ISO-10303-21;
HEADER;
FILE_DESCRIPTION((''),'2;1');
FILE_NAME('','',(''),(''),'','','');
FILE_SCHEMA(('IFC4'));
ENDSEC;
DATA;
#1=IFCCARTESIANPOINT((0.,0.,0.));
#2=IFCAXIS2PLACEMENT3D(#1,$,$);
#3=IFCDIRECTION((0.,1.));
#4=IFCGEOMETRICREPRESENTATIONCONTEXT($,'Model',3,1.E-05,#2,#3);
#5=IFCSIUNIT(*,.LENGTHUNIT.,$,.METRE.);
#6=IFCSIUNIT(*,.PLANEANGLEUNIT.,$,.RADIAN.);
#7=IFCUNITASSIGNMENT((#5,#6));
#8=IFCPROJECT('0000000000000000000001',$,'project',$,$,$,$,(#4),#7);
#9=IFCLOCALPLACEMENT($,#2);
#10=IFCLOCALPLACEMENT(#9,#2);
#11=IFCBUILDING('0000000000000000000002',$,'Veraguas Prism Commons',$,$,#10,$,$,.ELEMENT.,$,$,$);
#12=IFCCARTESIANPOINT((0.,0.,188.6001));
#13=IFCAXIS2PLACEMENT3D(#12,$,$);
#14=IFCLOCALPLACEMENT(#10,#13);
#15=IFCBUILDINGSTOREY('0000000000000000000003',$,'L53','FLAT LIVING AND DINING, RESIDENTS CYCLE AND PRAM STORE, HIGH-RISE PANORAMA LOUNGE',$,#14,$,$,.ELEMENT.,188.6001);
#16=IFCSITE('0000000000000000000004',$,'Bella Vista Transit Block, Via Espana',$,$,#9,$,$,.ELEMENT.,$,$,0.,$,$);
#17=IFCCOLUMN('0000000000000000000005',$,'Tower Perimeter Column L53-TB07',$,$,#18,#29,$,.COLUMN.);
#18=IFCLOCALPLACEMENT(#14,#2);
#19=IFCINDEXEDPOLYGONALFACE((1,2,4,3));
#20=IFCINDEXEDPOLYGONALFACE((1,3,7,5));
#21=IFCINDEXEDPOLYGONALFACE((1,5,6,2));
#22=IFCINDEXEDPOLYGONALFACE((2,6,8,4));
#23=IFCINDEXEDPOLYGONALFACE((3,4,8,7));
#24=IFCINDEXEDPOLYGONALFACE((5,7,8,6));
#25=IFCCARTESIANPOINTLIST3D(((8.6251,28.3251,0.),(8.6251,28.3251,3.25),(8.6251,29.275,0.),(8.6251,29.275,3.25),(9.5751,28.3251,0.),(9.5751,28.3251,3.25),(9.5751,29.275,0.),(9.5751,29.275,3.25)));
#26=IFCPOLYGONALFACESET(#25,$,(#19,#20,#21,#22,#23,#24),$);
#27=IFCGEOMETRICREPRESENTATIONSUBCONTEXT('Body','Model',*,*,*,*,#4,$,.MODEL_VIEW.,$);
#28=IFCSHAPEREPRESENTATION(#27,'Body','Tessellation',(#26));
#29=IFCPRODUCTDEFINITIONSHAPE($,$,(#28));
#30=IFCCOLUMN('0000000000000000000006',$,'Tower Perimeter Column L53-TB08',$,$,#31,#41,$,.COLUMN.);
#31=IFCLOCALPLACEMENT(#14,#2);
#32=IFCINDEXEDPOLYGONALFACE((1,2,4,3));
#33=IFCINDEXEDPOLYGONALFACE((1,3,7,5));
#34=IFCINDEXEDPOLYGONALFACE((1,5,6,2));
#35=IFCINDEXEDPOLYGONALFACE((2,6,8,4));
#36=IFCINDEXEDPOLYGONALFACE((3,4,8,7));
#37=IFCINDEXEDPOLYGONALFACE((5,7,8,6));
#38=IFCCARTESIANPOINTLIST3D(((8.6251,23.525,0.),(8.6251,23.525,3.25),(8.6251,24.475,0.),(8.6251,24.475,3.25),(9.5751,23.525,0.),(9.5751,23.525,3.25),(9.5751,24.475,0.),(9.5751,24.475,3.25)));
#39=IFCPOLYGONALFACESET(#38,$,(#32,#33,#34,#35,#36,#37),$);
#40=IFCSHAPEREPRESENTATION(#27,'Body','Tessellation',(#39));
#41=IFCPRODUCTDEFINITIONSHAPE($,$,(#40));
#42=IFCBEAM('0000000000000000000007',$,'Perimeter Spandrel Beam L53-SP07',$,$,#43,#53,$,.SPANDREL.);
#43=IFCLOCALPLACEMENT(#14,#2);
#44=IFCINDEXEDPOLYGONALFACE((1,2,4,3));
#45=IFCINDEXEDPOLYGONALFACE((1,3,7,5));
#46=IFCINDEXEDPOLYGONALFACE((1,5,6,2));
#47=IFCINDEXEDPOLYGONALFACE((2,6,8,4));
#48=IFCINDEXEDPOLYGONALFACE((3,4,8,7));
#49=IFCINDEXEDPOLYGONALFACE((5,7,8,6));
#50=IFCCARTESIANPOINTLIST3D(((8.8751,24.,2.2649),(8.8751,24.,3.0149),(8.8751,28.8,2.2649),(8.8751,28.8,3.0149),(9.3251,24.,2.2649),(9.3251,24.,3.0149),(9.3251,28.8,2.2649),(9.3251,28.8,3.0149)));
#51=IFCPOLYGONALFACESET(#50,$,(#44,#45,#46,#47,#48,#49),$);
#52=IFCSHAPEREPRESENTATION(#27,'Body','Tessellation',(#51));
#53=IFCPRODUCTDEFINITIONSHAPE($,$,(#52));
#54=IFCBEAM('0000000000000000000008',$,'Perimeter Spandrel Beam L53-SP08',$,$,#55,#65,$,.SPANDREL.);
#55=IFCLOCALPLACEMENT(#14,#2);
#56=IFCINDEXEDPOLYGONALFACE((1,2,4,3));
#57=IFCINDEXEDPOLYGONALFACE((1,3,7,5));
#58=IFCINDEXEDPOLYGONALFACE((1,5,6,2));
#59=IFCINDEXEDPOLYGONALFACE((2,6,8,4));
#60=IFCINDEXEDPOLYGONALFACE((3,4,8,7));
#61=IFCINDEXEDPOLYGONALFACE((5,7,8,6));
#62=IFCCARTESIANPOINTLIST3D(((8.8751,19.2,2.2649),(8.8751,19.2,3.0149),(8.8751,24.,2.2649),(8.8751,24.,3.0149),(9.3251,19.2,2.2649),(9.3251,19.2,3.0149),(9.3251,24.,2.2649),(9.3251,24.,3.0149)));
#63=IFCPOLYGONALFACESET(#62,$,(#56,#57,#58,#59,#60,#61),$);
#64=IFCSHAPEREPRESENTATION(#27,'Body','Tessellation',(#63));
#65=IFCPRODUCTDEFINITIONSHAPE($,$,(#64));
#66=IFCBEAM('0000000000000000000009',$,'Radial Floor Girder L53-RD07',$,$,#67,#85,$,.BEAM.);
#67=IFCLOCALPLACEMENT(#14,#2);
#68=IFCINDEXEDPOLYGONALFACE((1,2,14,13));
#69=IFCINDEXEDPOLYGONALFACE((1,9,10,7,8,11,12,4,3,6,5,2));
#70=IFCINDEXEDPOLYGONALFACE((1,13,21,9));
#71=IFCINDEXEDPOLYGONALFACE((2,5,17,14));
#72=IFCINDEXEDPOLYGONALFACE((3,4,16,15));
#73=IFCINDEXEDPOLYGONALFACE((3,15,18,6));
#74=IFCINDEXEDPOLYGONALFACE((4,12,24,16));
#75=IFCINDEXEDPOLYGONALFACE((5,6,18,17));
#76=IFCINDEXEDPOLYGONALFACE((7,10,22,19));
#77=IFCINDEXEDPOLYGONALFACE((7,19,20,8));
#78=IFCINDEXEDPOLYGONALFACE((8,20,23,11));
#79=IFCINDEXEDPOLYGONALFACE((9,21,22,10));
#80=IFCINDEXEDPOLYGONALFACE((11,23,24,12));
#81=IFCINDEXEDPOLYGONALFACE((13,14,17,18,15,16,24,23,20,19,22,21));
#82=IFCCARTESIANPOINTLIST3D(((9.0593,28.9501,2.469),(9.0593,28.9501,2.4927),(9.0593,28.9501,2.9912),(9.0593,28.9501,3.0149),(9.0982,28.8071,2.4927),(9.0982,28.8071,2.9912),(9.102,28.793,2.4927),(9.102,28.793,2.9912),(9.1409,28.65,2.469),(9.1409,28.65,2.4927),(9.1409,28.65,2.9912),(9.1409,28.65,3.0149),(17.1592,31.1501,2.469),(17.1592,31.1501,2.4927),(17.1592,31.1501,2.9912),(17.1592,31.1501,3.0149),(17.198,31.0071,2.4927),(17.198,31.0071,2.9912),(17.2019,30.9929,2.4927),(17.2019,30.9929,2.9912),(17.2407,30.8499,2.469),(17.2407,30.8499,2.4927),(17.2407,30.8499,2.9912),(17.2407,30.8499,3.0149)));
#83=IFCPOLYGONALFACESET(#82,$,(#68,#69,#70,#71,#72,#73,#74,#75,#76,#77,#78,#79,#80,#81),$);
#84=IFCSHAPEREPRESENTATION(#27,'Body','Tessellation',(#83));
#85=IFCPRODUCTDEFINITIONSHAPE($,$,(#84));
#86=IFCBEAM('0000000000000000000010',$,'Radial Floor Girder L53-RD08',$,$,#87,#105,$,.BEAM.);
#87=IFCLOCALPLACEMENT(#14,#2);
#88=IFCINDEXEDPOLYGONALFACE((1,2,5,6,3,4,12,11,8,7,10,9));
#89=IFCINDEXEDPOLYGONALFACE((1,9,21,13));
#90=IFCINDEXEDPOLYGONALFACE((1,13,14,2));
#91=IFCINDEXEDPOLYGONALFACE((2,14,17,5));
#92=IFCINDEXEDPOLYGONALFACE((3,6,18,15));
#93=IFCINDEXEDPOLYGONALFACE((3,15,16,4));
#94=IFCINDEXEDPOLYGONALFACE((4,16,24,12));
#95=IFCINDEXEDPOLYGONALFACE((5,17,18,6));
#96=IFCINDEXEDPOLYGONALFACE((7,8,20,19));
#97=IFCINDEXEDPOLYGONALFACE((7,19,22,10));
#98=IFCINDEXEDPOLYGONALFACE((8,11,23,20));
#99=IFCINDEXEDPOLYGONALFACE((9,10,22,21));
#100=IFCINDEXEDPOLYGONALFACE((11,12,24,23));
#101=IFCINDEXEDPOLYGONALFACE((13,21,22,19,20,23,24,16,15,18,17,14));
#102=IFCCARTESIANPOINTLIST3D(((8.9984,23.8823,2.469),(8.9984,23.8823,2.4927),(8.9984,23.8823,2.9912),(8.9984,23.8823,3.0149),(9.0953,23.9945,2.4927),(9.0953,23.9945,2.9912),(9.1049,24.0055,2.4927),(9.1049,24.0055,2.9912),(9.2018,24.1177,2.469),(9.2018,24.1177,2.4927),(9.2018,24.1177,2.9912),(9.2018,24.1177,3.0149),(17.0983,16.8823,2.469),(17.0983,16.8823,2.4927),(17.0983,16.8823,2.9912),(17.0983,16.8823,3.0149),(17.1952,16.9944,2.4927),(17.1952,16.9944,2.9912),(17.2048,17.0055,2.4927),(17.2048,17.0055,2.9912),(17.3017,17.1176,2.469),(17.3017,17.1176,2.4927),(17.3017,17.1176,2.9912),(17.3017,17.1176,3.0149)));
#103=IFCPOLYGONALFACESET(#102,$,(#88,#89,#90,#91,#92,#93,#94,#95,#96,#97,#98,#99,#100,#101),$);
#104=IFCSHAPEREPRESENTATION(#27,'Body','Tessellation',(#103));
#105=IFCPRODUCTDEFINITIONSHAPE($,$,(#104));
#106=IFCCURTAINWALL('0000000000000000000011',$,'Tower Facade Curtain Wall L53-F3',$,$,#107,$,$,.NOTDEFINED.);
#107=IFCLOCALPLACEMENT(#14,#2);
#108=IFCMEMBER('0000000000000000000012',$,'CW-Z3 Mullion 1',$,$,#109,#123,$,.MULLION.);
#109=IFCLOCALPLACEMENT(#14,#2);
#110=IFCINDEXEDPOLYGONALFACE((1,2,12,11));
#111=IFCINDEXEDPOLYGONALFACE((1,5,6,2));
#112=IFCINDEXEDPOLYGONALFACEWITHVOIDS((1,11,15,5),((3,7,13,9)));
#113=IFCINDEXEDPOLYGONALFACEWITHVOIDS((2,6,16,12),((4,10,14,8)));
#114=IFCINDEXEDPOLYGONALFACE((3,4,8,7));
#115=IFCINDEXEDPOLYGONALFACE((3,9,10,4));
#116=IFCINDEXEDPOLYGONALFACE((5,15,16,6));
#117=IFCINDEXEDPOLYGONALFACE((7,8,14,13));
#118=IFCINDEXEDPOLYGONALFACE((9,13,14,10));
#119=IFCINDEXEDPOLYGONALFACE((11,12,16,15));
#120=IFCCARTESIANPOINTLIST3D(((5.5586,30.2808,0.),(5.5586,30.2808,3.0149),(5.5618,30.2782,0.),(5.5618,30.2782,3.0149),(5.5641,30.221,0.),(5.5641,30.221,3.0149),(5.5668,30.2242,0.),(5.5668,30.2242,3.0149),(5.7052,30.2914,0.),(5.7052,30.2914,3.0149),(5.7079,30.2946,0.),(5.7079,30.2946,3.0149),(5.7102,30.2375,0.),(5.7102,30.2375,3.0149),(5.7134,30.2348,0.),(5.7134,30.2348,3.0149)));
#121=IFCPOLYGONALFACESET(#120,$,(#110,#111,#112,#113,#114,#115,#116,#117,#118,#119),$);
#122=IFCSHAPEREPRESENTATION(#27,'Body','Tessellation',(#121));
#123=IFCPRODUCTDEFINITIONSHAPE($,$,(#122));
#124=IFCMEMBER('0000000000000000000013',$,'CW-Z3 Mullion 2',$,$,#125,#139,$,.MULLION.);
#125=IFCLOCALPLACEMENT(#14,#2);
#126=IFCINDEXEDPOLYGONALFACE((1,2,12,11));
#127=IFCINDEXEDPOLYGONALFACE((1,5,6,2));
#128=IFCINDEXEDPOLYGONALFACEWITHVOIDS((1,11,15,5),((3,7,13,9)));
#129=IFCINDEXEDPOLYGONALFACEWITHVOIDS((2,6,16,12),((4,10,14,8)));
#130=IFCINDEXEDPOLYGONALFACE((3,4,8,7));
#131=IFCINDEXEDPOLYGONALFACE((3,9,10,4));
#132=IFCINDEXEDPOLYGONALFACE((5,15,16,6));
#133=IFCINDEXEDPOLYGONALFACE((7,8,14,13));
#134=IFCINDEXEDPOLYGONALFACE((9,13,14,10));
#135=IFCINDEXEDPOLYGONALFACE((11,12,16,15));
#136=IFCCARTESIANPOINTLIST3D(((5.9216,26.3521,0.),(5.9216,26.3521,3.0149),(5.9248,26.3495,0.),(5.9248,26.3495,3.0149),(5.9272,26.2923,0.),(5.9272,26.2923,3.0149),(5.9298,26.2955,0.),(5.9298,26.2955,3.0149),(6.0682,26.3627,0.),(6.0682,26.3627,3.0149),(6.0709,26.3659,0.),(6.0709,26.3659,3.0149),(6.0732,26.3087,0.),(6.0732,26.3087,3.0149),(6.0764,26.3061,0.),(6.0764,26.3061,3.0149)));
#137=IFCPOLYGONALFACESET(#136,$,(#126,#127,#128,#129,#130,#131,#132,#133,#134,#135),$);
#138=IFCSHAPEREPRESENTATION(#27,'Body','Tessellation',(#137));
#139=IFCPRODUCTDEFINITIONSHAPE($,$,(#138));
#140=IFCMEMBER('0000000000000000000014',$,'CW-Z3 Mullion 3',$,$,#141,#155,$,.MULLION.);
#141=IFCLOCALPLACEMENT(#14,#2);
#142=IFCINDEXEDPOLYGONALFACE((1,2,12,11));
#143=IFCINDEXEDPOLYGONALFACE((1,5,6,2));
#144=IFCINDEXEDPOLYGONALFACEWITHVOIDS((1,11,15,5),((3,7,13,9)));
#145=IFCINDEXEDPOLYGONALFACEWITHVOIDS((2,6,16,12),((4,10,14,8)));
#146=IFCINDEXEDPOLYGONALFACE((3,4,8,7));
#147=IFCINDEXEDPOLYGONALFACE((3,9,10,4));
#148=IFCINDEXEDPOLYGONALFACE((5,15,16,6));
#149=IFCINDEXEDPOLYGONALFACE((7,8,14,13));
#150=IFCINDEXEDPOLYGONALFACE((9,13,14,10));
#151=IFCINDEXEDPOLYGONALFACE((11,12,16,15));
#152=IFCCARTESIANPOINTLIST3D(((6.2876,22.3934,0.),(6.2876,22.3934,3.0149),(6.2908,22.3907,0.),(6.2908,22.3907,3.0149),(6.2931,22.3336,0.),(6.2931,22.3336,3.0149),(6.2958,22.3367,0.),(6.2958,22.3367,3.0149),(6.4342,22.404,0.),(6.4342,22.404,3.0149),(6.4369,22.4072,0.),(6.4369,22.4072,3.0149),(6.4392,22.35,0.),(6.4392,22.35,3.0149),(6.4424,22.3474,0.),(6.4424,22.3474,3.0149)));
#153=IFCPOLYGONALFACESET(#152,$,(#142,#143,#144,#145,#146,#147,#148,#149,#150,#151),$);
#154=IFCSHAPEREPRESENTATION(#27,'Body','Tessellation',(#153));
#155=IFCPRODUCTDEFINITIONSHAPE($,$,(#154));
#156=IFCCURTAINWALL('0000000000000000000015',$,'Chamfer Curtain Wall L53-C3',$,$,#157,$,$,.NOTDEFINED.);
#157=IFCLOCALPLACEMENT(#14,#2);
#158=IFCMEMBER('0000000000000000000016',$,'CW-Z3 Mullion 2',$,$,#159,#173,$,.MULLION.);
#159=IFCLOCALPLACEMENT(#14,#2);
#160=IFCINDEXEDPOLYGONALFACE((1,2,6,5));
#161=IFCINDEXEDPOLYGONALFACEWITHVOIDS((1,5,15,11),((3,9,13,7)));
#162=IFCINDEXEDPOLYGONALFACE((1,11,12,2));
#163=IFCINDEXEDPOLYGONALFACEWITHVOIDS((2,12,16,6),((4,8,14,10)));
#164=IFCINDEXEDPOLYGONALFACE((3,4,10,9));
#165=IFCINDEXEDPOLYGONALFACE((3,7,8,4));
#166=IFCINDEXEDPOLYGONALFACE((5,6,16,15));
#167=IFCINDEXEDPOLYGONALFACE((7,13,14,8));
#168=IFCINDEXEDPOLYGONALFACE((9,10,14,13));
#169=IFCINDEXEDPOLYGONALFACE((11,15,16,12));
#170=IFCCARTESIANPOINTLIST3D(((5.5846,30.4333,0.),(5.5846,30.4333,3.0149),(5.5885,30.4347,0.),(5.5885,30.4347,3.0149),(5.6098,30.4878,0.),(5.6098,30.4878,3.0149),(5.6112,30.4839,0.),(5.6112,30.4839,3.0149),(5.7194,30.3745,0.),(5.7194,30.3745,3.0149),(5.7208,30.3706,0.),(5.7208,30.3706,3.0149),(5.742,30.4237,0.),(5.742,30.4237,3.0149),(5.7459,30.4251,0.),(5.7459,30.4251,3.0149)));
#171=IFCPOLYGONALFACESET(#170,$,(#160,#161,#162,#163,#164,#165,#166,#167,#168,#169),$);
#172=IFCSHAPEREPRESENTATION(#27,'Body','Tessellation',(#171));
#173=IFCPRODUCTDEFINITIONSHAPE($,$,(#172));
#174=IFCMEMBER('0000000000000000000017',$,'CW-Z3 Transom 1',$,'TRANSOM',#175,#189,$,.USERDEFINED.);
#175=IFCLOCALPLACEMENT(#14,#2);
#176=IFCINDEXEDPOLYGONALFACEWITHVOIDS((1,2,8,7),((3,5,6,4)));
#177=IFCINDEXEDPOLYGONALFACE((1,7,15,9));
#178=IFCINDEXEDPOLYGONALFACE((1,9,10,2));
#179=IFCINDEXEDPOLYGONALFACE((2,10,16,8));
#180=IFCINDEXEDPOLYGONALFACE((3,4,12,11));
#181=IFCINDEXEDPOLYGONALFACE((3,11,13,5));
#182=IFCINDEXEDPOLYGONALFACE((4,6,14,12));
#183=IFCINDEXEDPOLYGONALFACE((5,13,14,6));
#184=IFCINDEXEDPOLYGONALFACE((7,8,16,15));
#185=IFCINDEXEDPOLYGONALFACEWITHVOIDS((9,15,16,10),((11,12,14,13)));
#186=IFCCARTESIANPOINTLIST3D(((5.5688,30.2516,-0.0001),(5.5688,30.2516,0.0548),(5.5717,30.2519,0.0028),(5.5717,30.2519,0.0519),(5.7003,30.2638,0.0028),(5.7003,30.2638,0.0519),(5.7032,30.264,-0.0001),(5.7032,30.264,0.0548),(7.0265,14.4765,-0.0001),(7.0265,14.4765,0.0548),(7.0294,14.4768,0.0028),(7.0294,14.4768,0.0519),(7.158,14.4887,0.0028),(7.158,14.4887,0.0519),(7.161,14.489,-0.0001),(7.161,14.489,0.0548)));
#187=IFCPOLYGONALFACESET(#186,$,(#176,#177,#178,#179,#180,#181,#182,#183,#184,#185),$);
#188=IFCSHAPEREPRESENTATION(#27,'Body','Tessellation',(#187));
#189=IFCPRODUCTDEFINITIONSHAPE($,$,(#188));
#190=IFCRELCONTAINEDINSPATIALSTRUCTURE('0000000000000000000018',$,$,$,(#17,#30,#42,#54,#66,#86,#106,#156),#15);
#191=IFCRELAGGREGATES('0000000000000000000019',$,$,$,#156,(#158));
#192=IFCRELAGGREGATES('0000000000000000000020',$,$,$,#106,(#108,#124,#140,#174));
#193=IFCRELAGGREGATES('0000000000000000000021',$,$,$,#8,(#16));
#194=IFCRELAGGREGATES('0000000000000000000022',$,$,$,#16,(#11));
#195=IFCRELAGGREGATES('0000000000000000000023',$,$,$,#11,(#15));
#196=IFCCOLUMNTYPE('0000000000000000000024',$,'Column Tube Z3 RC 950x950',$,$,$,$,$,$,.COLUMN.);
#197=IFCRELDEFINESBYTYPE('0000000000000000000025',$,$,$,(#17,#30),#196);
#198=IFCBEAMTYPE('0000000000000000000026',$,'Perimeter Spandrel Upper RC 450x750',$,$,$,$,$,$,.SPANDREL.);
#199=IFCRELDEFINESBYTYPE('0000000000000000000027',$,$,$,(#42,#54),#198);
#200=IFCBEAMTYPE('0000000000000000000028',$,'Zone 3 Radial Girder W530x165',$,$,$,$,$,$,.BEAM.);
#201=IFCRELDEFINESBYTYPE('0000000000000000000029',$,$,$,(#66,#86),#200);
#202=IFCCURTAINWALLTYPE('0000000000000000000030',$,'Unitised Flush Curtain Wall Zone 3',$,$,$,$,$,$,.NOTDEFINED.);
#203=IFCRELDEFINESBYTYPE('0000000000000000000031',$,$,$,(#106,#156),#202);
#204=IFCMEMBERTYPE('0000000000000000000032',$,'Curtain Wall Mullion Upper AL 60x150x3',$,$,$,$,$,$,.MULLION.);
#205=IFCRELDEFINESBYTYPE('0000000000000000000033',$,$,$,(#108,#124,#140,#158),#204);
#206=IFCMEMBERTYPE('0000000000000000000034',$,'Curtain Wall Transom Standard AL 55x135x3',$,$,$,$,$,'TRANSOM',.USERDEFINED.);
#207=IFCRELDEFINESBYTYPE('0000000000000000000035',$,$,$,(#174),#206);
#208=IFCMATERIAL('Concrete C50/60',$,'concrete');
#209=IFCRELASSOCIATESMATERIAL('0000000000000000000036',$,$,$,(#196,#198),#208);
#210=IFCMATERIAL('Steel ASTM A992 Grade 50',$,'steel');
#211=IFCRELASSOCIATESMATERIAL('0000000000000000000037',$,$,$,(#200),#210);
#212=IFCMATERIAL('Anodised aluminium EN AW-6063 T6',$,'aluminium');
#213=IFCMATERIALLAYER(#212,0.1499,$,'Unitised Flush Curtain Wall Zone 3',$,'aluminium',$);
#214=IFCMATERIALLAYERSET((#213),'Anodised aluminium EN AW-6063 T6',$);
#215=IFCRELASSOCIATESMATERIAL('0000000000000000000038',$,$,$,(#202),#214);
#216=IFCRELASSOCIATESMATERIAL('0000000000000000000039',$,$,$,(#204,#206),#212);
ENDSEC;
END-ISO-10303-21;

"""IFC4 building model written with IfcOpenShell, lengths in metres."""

from ifc_helpers import new_model, si_unit, direction, frame, origin, origin_2d, place, context, subcontext, project, spatial, rectangle, hollow_rectangle, i_section, extrude, source, transform, mapped, material, layer, layer_set, material_profile, profile_set, type_object, element, aggregate, save


model = new_model("IFC4")

# Units and contexts
model_context = context("Model", 3, precision=1e-05, world=origin(), true_north=direction((0.0, 1.0)))
body_context = subcontext(model_context, "Body", "Model", "MODEL_VIEW")
ifc_project = project(units=[si_unit("LENGTHUNIT", "METRE"), si_unit("PLANEANGLEUNIT", "RADIAN")], contexts=[model_context])

# Site, building, storey
site_placement = place(None, origin())
site = spatial("IfcSite", under=ifc_project, at=site_placement, Name="Bella Vista Transit Block, Via Espana", CompositionType="ELEMENT", RefElevation=0.0)
building_placement = place(site_placement, origin())
building = spatial("IfcBuilding", under=site, at=building_placement, Name="Veraguas Prism Commons", CompositionType="ELEMENT")
storey_placement = place(building_placement, frame((0.0, 0.0, 188.6001)))
storey = spatial("IfcBuildingStorey", under=building, at=storey_placement, Name="L53", Description="FLAT LIVING AND DINING, RESIDENTS CYCLE AND PRAM STORE, HIGH-RISE PANORAMA LOUNGE", CompositionType="ELEMENT", Elevation=188.6001)

# Columns
ifc_material_1 = material(Name="Concrete C50/60", Category="concrete")
ifc_material_profile_1 = material_profile(ifc_material_1, rectangle(XDim=0.95, YDim=0.95, at=origin_2d()), Name="RC950X950")
ifc_profile_set_1 = profile_set([ifc_material_profile_1], Name="Concrete C50/60")
column_type = type_object("IfcColumnType", Name="Column Tube Z3 RC 950x950", PredefinedType="COLUMN", material=ifc_profile_set_1)
for number, where, z_axis, x_axis, name in (
    (1, (9.1001, 28.8, 0.0), (0.0, 0.0, 1.0), (1.0, 0.0, 0.0), "Tower Perimeter Column L53-TB07"),
    (2, (9.1001, 24.0, 0.0), (0.0, 0.0, 1.0), (1.0, 0.0, 0.0), "Tower Perimeter Column L53-TB08"),
):
    element("IfcColumn", number, at=place(storey_placement, frame(where, z_axis=z_axis, x_axis=x_axis)), inside=storey, type_object=column_type, Name=name, PredefinedType="COLUMN", context=body_context, shape_type="SweptSolid", body=[
        extrude(rectangle(XDim=0.95, YDim=0.95, at=origin_2d()), origin(), (0.0, 0.0, 1.0), 3.25),
    ])

# Beams
ifc_material_profile_2 = material_profile(ifc_material_1, rectangle(XDim=0.45, YDim=0.75, at=origin_2d()), Name="RC450X750")
ifc_profile_set_2 = profile_set([ifc_material_profile_2], Name="Concrete C50/60")
beam_type_1 = type_object("IfcBeamType", Name="Perimeter Spandrel Upper RC 450x750", PredefinedType="SPANDREL", material=ifc_profile_set_2)
for number, where, z_axis, x_axis, name in (
    (3, (9.1001, 28.8, 2.6399), (0.0, -1.0, 0.0), (1.0, 0.0, 0.0), "Perimeter Spandrel Beam L53-SP07"),
    (4, (9.1001, 24.0, 2.6399), (0.0, -1.0, 0.0), (1.0, 0.0, 0.0), "Perimeter Spandrel Beam L53-SP08"),
):
    element("IfcBeam", number, at=place(storey_placement, frame(where, z_axis=z_axis, x_axis=x_axis)), inside=storey, type_object=beam_type_1, Name=name, PredefinedType="SPANDREL", context=body_context, shape_type="SweptSolid", body=[
        extrude(rectangle(XDim=0.45, YDim=0.75, at=origin_2d()), origin(), (0.0, 0.0, 1.0), 4.8),
    ])
ifc_material_2 = material(Name="Steel ASTM A992 Grade 50", Category="steel")
ifc_material_profile_3 = material_profile(ifc_material_2, i_section(OverallWidth=0.311, OverallDepth=0.5459, WebThickness=0.0146, FlangeThickness=0.0237, at=origin_2d()), Name="W530X165")
ifc_profile_set_3 = profile_set([ifc_material_profile_3], Name="Steel ASTM A992 Grade 50")
beam_type_2 = type_object("IfcBeamType", Name="Zone 3 Radial Girder W530x165", PredefinedType="BEAM", material=ifc_profile_set_3)
beam_1_placement = place(storey_placement, frame((9.1001, 28.8, 2.7419), z_axis=(0.965039, 0.262108, 0.0), x_axis=(-0.262108, 0.965039, 0.0)))
element("IfcBeam", 5, at=beam_1_placement, inside=storey, type_object=beam_type_2, Name="Radial Floor Girder L53-RD07", PredefinedType="BEAM", context=body_context, shape_type="SweptSolid", body=[
    extrude(i_section(OverallWidth=0.311, OverallDepth=0.5459, WebThickness=0.0146, FlangeThickness=0.0237, at=origin_2d()), origin(), (0.0, 0.0, 1.0), 8.3933),
])
beam_2_placement = place(storey_placement, frame((9.1001, 24.0, 2.7419), z_axis=(0.756607, -0.65387, 0.0), x_axis=(0.65387, 0.756607, 0.0)))
element("IfcBeam", 6, at=beam_2_placement, inside=storey, type_object=beam_type_2, Name="Radial Floor Girder L53-RD08", PredefinedType="BEAM", context=body_context, shape_type="SweptSolid", body=[
    extrude(i_section(OverallWidth=0.311, OverallDepth=0.5459, WebThickness=0.0146, FlangeThickness=0.0237, at=origin_2d()), origin(), (0.0, 0.0, 1.0), 10.7056),
])

# Curtain wall, members
ifc_material_3 = material(Name="Anodised aluminium EN AW-6063 T6", Category="aluminium")
ifc_layer_1 = layer(ifc_material_3, 0.1499, Name="Unitised Flush Curtain Wall Zone 3", Category="aluminium")
ifc_layer_set_1 = layer_set([ifc_layer_1], Name="Anodised aluminium EN AW-6063 T6")
curtain_wall_type = type_object("IfcCurtainWallType", Name="Unitised Flush Curtain Wall Zone 3", PredefinedType="NOTDEFINED", material=ifc_layer_set_1)
curtain_wall_1_placement = place(storey_placement, origin())
curtain_wall_1 = element("IfcCurtainWall", 7, at=curtain_wall_1_placement, inside=storey, type_object=curtain_wall_type, Name="Tower Facade Curtain Wall L53-F3", PredefinedType="NOTDEFINED")
ifc_material_profile_4 = material_profile(ifc_material_3, hollow_rectangle(XDim=0.0601, YDim=0.1499, WallThickness=0.0029, at=origin_2d()), Name="AL60X150X3")
ifc_profile_set_4 = profile_set([ifc_material_profile_4], Name="Anodised aluminium EN AW-6063 T6")
member_type_1 = type_object("IfcMemberType", Name="Curtain Wall Mullion Upper AL 60x150x3", PredefinedType="MULLION", material=ifc_profile_set_4)
shared_shape_1 = source(origin(), body_context, "Body", "SweptSolid", [
    extrude(hollow_rectangle(XDim=0.0601, YDim=0.1499, WallThickness=0.0029, at=origin_2d()), origin(), (0.0, 0.0, 1.0), 3.0149),
])
member_1_placement = place(storey_placement, frame((5.636, 30.2578, 0.0), z_axis=(0.0, 0.0, 1.0), x_axis=(0.092023, -0.995757, 0.0)))
member_1 = element("IfcMember", 8, at=member_1_placement, type_object=member_type_1, Name="CW-Z3 Mullion 1", PredefinedType="MULLION", context=body_context, shape_type="MappedRepresentation", body=[
    mapped(shared_shape_1, transform((0.0, 0.0, 0.0), scale=1.0)),
])
member_2_placement = place(storey_placement, frame((5.999, 26.3291, 0.0), z_axis=(0.0, 0.0, 1.0), x_axis=(0.092023, -0.995757, 0.0)))
member_2 = element("IfcMember", 9, at=member_2_placement, type_object=member_type_1, Name="CW-Z3 Mullion 2", PredefinedType="MULLION", context=body_context, shape_type="MappedRepresentation", body=[
    mapped(shared_shape_1, transform((0.0, 0.0, 0.0), scale=1.0)),
])
member_3_placement = place(storey_placement, frame((6.365, 22.3704, 0.0), z_axis=(0.0, 0.0, 1.0), x_axis=(0.092023, -0.995757, 0.0)))
member_3 = element("IfcMember", 10, at=member_3_placement, type_object=member_type_1, Name="CW-Z3 Mullion 3", PredefinedType="MULLION", context=body_context, shape_type="MappedRepresentation", body=[
    mapped(shared_shape_1, transform((0.0, 0.0, 0.0), scale=1.0)),
])

# Curtain wall, member
curtain_wall_2_placement = place(storey_placement, origin())
curtain_wall_2 = element("IfcCurtainWall", 11, at=curtain_wall_2_placement, inside=storey, type_object=curtain_wall_type, Name="Chamfer Curtain Wall L53-C3", PredefinedType="NOTDEFINED")
member_4_placement = place(storey_placement, frame((5.6653, 30.4292, 0.0), z_axis=(0.0, 0.0, 1.0), x_axis=(-0.418186, -0.908362, 0.0)))
member_4 = element("IfcMember", 12, at=member_4_placement, type_object=member_type_1, Name="CW-Z3 Mullion 2", PredefinedType="MULLION", context=body_context, shape_type="MappedRepresentation", body=[
    mapped(shared_shape_1, transform((0.0, 0.0, 0.0), scale=1.0)),
])
aggregate(curtain_wall_2, [member_4])

# Member
ifc_material_profile_5 = material_profile(ifc_material_3, hollow_rectangle(XDim=0.0549, YDim=0.135, WallThickness=0.0029, at=origin_2d()), Name="AL55X135X3")
ifc_profile_set_5 = profile_set([ifc_material_profile_5], Name="Anodised aluminium EN AW-6063 T6")
member_type_2 = type_object("IfcMemberType", Name="Curtain Wall Transom Standard AL 55x135x3", ElementType="TRANSOM", PredefinedType="USERDEFINED", material=ifc_profile_set_5)
shared_shape_2 = source(origin(), body_context, "Body", "SweptSolid", [
    extrude(hollow_rectangle(XDim=0.0549, YDim=0.135, WallThickness=0.0029, at=origin_2d()), origin(), (0.0, 0.0, 1.0), 15.8423),
])
member_5_placement = place(storey_placement, frame((5.636, 30.2578, 0.0273), z_axis=(0.092017, -0.995757, 0.0), x_axis=(0.0, 0.0, 1.0)))
member_5 = element("IfcMember", 13, at=member_5_placement, type_object=member_type_2, Name="CW-Z3 Transom 1", ObjectType="TRANSOM", PredefinedType="USERDEFINED", context=body_context, shape_type="MappedRepresentation", body=[
    mapped(shared_shape_2, transform((0.0, 0.0, 0.0), scale=1.0)),
])

aggregate(curtain_wall_1, [member_1, member_2, member_3, member_5])

save(model, "model.ifc")
